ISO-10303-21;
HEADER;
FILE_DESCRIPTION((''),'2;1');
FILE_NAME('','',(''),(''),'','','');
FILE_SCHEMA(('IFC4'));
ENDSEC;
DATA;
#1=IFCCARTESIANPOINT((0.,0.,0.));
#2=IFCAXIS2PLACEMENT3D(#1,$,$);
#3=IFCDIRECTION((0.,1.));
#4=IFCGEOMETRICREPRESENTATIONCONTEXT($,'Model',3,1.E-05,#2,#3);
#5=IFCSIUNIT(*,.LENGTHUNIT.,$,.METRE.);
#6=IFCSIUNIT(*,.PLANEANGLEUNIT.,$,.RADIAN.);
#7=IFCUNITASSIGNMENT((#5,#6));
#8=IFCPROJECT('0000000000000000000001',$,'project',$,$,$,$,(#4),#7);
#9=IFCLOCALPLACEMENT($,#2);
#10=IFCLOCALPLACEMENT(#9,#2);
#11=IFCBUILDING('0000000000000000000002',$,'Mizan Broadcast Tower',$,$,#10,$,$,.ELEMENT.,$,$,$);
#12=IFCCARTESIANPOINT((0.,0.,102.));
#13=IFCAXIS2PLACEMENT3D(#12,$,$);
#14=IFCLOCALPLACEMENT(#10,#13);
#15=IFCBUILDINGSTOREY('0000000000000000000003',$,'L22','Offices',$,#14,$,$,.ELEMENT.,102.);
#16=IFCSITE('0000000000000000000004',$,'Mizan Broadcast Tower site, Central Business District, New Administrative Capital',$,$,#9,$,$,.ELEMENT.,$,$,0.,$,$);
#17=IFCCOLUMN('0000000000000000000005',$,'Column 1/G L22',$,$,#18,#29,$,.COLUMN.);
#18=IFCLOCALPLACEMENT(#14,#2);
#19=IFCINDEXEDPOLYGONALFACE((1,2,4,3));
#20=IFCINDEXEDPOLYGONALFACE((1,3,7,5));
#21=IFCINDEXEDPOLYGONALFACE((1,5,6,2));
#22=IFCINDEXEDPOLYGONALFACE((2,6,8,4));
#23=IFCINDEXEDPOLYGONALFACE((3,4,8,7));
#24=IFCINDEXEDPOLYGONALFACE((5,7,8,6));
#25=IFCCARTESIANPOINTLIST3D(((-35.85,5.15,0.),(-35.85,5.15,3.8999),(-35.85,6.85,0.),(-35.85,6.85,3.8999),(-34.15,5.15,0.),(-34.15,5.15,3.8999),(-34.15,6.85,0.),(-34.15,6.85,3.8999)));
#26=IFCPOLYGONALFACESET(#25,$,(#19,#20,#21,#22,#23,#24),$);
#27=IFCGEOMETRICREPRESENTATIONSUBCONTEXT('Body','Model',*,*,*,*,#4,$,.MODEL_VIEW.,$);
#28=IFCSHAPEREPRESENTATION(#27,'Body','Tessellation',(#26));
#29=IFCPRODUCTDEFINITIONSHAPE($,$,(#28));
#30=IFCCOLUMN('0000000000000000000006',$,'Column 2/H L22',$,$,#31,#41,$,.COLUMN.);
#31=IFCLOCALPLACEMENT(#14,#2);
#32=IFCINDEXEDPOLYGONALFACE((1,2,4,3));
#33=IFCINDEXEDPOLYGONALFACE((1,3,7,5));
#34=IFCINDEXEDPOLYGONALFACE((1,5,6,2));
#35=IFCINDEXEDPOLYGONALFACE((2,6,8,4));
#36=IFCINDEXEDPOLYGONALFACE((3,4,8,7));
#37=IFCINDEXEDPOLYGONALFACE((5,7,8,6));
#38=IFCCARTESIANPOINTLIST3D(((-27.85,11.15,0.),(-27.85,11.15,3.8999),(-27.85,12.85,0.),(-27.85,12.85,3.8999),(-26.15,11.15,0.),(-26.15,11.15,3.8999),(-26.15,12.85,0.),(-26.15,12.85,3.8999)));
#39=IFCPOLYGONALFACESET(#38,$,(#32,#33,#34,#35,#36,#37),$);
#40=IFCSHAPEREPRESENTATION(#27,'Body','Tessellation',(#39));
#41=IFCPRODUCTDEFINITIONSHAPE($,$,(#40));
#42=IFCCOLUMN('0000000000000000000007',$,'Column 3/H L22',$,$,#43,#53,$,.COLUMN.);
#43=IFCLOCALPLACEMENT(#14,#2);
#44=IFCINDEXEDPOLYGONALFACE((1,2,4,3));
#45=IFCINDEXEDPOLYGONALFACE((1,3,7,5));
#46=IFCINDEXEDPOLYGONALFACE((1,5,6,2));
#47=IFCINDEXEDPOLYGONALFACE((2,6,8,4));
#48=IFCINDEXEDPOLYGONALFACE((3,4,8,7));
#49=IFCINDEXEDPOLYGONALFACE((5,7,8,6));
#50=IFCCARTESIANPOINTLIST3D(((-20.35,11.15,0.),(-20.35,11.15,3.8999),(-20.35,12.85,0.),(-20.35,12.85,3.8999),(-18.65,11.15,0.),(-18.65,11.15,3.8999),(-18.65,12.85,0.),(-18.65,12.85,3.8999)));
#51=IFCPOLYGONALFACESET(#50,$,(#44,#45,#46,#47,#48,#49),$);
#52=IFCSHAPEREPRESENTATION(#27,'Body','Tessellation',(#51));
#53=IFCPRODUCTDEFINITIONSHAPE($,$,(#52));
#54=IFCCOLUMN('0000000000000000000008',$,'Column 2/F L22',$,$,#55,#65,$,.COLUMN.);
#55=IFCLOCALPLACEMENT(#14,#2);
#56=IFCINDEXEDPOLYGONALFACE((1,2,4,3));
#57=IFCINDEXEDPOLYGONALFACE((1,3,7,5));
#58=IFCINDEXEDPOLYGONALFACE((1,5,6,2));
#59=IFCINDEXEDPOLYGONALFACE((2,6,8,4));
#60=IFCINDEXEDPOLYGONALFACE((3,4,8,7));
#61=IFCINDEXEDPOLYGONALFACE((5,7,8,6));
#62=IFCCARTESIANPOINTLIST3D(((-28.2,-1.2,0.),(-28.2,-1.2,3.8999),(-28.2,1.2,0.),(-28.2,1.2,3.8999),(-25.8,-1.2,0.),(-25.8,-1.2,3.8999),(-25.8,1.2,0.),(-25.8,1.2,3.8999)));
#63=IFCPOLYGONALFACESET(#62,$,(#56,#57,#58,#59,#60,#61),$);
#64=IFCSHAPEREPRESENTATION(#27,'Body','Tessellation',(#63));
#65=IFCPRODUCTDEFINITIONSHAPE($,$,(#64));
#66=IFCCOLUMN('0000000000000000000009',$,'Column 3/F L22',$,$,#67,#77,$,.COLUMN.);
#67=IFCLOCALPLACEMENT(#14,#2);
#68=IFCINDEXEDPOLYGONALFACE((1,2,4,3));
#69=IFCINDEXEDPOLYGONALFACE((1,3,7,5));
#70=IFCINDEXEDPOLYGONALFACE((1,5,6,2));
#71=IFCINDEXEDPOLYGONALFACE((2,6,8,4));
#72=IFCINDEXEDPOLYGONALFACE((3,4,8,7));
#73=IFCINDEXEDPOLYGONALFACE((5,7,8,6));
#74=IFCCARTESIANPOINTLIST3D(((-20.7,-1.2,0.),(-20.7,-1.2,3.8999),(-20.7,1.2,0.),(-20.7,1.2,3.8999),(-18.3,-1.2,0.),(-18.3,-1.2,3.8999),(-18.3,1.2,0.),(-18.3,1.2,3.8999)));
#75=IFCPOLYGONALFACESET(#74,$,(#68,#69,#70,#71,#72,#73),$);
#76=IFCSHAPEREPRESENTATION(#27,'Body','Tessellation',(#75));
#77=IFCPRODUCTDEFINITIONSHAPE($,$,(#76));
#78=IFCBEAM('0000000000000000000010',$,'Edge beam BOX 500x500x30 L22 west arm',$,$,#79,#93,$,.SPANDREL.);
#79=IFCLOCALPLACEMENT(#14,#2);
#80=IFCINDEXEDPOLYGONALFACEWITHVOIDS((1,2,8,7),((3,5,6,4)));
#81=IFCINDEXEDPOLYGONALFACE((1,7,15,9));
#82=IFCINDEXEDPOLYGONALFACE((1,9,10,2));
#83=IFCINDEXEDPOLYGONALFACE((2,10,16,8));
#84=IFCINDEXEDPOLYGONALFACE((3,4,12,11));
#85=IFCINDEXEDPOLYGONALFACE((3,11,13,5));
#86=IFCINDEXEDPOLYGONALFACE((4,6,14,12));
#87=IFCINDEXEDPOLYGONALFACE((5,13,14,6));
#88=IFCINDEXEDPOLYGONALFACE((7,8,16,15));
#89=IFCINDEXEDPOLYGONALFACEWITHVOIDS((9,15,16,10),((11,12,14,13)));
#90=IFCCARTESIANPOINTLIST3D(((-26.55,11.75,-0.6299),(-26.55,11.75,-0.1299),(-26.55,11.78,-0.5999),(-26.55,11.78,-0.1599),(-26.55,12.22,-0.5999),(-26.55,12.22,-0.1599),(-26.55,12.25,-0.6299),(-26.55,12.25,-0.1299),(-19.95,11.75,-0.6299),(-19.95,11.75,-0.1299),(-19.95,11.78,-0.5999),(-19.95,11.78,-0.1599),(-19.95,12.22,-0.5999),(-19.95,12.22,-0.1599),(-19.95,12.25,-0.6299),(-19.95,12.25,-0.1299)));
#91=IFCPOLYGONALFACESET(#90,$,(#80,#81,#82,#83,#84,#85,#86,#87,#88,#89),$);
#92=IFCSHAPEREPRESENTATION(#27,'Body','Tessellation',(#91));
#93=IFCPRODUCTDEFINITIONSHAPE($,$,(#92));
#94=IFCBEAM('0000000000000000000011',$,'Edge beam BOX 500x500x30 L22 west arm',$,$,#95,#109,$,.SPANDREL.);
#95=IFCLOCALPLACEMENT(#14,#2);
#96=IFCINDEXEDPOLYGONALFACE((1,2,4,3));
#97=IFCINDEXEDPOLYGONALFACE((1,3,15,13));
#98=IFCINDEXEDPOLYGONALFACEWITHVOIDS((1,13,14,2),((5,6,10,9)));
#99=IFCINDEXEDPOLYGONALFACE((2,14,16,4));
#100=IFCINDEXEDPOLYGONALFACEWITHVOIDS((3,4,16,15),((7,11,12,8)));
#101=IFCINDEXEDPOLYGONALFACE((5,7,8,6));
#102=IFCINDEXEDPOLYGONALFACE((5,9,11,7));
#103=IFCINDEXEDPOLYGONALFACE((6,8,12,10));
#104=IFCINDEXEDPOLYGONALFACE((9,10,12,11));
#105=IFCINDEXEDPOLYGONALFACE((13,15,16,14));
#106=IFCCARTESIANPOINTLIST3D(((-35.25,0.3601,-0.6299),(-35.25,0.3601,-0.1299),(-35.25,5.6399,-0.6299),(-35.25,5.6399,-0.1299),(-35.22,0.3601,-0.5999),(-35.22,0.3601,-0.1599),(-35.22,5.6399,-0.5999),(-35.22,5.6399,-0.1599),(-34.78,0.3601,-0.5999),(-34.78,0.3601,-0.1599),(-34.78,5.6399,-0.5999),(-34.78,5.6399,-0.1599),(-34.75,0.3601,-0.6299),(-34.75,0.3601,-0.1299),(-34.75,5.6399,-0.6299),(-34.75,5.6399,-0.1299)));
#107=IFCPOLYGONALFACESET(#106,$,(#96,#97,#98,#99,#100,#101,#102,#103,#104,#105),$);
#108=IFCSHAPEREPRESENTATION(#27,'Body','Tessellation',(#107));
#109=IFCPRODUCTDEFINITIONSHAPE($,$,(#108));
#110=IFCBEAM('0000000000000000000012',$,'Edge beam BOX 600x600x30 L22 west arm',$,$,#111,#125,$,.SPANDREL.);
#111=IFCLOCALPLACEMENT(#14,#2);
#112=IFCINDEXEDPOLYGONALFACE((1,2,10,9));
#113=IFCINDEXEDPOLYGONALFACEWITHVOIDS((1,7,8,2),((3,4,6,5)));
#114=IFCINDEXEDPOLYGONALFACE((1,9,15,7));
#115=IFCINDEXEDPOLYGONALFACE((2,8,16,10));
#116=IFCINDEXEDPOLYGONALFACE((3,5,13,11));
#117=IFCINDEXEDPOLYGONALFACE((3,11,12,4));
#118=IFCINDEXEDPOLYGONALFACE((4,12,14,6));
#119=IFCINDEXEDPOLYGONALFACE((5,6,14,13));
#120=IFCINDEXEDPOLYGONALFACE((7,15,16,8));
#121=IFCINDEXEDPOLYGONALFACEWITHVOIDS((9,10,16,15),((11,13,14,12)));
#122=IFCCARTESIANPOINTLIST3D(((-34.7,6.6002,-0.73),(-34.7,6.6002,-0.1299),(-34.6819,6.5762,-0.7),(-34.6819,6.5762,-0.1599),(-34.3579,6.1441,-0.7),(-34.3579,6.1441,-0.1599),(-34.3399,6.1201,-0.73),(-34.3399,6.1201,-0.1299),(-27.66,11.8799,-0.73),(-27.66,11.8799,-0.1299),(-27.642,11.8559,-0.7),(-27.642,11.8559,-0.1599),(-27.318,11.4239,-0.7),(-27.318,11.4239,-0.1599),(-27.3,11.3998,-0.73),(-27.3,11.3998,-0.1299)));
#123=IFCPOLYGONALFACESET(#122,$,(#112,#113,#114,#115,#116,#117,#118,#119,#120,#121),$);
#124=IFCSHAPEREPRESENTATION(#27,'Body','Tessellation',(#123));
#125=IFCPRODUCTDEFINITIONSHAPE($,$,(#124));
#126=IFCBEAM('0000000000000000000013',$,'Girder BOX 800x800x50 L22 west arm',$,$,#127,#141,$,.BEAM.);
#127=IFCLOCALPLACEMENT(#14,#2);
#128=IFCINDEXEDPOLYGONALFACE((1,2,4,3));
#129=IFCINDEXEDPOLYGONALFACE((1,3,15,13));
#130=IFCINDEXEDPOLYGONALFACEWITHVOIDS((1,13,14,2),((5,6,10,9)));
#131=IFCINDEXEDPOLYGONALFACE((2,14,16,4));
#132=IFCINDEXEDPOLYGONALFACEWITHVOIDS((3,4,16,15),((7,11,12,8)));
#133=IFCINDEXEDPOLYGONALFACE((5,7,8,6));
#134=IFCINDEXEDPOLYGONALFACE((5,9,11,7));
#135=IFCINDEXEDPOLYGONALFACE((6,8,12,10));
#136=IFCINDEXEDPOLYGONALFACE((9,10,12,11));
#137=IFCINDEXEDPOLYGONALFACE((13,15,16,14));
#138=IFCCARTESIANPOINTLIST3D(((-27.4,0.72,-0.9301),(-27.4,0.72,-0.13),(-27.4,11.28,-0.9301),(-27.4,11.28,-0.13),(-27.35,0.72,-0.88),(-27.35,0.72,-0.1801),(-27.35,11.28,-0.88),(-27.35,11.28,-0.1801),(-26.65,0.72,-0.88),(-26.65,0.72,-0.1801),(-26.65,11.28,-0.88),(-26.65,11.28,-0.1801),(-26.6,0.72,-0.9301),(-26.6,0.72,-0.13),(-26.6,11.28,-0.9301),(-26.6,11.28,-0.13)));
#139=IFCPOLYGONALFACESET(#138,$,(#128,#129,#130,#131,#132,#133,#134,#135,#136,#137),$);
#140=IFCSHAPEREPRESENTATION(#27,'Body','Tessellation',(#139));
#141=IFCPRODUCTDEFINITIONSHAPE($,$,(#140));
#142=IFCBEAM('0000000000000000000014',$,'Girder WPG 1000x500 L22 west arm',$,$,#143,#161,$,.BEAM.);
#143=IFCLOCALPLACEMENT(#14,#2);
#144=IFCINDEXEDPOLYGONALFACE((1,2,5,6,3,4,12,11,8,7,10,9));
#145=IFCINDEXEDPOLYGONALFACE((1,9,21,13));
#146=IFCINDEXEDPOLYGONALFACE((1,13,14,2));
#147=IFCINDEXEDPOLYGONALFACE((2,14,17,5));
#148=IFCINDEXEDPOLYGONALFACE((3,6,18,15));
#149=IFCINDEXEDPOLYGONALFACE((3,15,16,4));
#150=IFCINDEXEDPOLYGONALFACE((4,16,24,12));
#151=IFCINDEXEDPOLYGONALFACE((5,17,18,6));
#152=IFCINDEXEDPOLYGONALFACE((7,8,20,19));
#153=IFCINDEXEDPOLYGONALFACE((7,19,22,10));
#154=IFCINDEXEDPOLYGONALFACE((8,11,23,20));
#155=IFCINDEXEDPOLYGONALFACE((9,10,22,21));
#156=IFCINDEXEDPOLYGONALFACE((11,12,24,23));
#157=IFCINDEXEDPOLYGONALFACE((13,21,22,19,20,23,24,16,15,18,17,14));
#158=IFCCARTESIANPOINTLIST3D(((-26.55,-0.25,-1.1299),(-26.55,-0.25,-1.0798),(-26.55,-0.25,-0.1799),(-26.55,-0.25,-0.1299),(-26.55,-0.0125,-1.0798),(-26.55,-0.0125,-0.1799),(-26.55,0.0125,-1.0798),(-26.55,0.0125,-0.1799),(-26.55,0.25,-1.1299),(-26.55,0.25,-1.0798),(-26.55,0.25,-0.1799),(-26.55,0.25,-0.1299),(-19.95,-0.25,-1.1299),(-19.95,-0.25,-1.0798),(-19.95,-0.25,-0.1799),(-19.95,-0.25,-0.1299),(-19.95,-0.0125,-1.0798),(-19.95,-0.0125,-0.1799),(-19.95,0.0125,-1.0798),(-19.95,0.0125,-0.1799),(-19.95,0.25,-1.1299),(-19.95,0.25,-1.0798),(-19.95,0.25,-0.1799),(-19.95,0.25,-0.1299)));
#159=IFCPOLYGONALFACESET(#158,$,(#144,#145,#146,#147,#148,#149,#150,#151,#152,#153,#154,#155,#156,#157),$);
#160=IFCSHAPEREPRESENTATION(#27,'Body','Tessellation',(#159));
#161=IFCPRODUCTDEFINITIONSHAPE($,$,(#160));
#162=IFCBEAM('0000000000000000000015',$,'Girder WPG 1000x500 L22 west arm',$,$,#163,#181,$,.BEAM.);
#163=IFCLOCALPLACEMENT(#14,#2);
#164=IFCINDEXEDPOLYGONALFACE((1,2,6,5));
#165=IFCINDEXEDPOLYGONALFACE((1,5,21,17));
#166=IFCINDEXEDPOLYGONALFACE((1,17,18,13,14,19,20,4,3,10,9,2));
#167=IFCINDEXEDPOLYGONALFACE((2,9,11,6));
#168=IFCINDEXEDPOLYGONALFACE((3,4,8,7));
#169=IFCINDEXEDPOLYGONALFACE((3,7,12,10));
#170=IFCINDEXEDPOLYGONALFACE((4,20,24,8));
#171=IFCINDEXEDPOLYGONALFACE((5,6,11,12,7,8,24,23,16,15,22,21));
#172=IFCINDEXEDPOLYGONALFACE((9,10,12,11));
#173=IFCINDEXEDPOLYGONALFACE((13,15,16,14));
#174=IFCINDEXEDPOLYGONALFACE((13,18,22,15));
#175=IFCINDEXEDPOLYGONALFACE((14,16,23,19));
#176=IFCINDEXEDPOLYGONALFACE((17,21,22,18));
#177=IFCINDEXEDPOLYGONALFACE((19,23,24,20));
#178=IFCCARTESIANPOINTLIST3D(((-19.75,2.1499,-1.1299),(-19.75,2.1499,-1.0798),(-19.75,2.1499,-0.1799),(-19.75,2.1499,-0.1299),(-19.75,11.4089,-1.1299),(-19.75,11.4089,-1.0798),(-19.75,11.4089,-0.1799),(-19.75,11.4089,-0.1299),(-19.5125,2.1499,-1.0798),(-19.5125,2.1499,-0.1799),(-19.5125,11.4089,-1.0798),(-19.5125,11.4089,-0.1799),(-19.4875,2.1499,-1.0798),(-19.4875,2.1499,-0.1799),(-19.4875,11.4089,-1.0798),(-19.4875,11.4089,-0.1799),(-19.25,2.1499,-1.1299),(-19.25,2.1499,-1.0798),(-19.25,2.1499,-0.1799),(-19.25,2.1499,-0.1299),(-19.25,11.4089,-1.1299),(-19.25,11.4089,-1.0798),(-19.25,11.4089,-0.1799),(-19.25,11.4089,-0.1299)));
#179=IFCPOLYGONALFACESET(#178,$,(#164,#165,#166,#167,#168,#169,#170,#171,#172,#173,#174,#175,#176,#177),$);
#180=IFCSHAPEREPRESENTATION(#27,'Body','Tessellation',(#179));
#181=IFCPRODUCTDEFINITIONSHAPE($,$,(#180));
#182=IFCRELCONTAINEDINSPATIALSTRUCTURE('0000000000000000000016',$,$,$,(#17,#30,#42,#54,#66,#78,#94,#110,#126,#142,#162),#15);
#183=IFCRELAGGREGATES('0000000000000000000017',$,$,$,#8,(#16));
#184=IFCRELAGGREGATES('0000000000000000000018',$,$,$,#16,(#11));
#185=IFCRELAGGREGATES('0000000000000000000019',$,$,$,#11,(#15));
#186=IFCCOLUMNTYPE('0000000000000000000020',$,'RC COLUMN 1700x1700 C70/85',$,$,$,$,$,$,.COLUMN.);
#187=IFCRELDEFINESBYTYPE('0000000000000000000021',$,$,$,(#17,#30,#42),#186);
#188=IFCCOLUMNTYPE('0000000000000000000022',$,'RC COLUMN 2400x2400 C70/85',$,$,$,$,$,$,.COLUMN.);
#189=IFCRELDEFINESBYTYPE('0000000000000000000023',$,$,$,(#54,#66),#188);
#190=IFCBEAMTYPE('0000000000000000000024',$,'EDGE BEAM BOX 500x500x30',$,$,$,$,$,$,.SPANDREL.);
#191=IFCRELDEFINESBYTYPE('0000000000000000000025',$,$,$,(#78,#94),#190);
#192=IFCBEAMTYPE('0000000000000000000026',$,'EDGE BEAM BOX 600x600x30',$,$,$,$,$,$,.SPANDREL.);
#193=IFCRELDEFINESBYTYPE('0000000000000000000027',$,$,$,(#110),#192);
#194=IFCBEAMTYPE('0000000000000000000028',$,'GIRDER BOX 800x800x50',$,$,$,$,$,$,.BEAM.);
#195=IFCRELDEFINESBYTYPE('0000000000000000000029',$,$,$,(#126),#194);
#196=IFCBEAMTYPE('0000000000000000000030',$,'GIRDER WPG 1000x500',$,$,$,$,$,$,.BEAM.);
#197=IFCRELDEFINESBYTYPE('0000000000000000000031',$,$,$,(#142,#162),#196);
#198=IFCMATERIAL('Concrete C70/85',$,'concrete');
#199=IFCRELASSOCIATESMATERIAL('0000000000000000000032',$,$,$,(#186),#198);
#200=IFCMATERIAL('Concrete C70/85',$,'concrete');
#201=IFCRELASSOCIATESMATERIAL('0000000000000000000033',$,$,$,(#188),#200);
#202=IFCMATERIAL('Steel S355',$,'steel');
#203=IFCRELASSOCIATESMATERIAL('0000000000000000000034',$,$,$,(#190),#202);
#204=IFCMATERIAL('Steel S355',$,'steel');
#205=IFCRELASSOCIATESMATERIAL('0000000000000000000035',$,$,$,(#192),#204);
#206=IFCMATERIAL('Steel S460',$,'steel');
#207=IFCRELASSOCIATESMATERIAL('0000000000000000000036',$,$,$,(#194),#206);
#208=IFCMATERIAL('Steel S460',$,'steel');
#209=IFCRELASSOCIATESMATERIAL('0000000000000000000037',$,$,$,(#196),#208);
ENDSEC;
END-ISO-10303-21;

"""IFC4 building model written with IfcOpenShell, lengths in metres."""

from ifc_helpers import new_model, si_unit, direction, frame, origin, origin_2d, place, context, subcontext, project, spatial, rectangle, hollow_rectangle, i_section, extrude, material, material_profile, profile_set, type_object, element, save


model = new_model("IFC4")

# Units and contexts
model_context = context("Model", 3, precision=1e-05, world=origin(), true_north=direction((0.0, 1.0)))
body_context = subcontext(model_context, "Body", "Model", "MODEL_VIEW")
ifc_project = project(units=[si_unit("LENGTHUNIT", "METRE"), si_unit("PLANEANGLEUNIT", "RADIAN")], contexts=[model_context])

# Site, building, storey
site_placement = place(None, origin())
site = spatial("IfcSite", under=ifc_project, at=site_placement, Name="Mizan Broadcast Tower site, Central Business District, New Administrative Capital", CompositionType="ELEMENT", RefElevation=0.0)
building_placement = place(site_placement, origin())
building = spatial("IfcBuilding", under=site, at=building_placement, Name="Mizan Broadcast Tower", CompositionType="ELEMENT")
storey_placement = place(building_placement, frame((0.0, 0.0, 102.0)))
storey = spatial("IfcBuildingStorey", under=building, at=storey_placement, Name="L22", Description="Offices", CompositionType="ELEMENT", Elevation=102.0)

# Columns
ifc_material_1 = material(Name="Concrete C70/85", Category="concrete")
ifc_material_profile_1 = material_profile(ifc_material_1, rectangle(XDim=1.7, YDim=1.7, at=origin_2d()), Name="RC 1700x1700")
ifc_profile_set_1 = profile_set([ifc_material_profile_1], Name="Concrete C70/85")
column_type_1 = type_object("IfcColumnType", Name="RC COLUMN 1700x1700 C70/85", PredefinedType="COLUMN", material=ifc_profile_set_1)
for number, where, z_axis, x_axis, name in (
    (1, (-35.0, 6.0, 0.0), (0.0, 0.0, 1.0), (1.0, 0.0, 0.0), "Column 1/G L22"),
    (2, (-27.0, 12.0, 0.0), (0.0, 0.0, 1.0), (1.0, 0.0, 0.0), "Column 2/H L22"),
    (3, (-19.5, 12.0, 0.0), (0.0, 0.0, 1.0), (1.0, 0.0, 0.0), "Column 3/H L22"),
):
    element("IfcColumn", number, at=place(storey_placement, frame(where, z_axis=z_axis, x_axis=x_axis)), inside=storey, type_object=column_type_1, Name=name, PredefinedType="COLUMN", context=body_context, shape_type="SweptSolid", body=[
        extrude(rectangle(XDim=1.7, YDim=1.7, at=origin_2d()), origin(), (0.0, 0.0, 1.0), 3.8999),
    ])
ifc_material_2 = material(Name="Concrete C70/85", Category="concrete")
ifc_material_profile_2 = material_profile(ifc_material_2, rectangle(XDim=2.3999, YDim=2.3999, at=origin_2d()), Name="RC 2400x2400")
ifc_profile_set_2 = profile_set([ifc_material_profile_2], Name="Concrete C70/85")
column_type_2 = type_object("IfcColumnType", Name="RC COLUMN 2400x2400 C70/85", PredefinedType="COLUMN", material=ifc_profile_set_2)
for number, where, z_axis, x_axis, name in (
    (4, (-27.0, 0.0, 0.0), (0.0, 0.0, 1.0), (1.0, 0.0, 0.0), "Column 2/F L22"),
    (5, (-19.5, 0.0, 0.0), (0.0, 0.0, 1.0), (1.0, 0.0, 0.0), "Column 3/F L22"),
):
    element("IfcColumn", number, at=place(storey_placement, frame(where, z_axis=z_axis, x_axis=x_axis)), inside=storey, type_object=column_type_2, Name=name, PredefinedType="COLUMN", context=body_context, shape_type="SweptSolid", body=[
        extrude(rectangle(XDim=2.3999, YDim=2.3999, at=origin_2d()), origin(), (0.0, 0.0, 1.0), 3.8999),
    ])

# Beams
ifc_material_3 = material(Name="Steel S355", Category="steel")
ifc_material_profile_3 = material_profile(ifc_material_3, hollow_rectangle(XDim=0.5, YDim=0.5, WallThickness=0.03, at=origin_2d()), Name="BOX 500x500x30")
ifc_profile_set_3 = profile_set([ifc_material_profile_3], Name="Steel S355")
beam_type_1 = type_object("IfcBeamType", Name="EDGE BEAM BOX 500x500x30", PredefinedType="SPANDREL", material=ifc_profile_set_3)
beam_1_placement = place(storey_placement, frame((-19.95, 12.0, -0.3799), z_axis=(-1.0, 0.0, 0.0), x_axis=(0.0, -1.0, 0.0)))
element("IfcBeam", 6, at=beam_1_placement, inside=storey, type_object=beam_type_1, Name="Edge beam BOX 500x500x30 L22 west arm", PredefinedType="SPANDREL", context=body_context, shape_type="SweptSolid", body=[
    extrude(hollow_rectangle(XDim=0.5, YDim=0.5, WallThickness=0.03, at=origin_2d()), origin(), (0.0, 0.0, 1.0), 6.6001),
])
beam_2_placement = place(storey_placement, frame((-35.0, 5.6399, -0.3799), z_axis=(0.0, -1.0, 0.0), x_axis=(1.0, 0.0, 0.0)))
element("IfcBeam", 7, at=beam_2_placement, inside=storey, type_object=beam_type_1, Name="Edge beam BOX 500x500x30 L22 west arm", PredefinedType="SPANDREL", context=body_context, shape_type="SweptSolid", body=[
    extrude(hollow_rectangle(XDim=0.5, YDim=0.5, WallThickness=0.03, at=origin_2d()), origin(), (0.0, 0.0, 1.0), 5.2798),
])
ifc_material_4 = material(Name="Steel S355", Category="steel")
ifc_material_profile_4 = material_profile(ifc_material_4, hollow_rectangle(XDim=0.6001, YDim=0.6001, WallThickness=0.03, at=origin_2d()), Name="BOX 600x600x30")
ifc_profile_set_4 = profile_set([ifc_material_profile_4], Name="Steel S355")
beam_type_2 = type_object("IfcBeamType", Name="EDGE BEAM BOX 600x600x30", PredefinedType="SPANDREL", material=ifc_profile_set_4)
beam_3_placement = place(storey_placement, frame((-27.48, 11.6399, -0.4299), z_axis=(-0.800013, -0.599982, 0.0), x_axis=(0.599982, -0.800013, 0.0)))
element("IfcBeam", 8, at=beam_3_placement, inside=storey, type_object=beam_type_2, Name="Edge beam BOX 600x600x30 L22 west arm", PredefinedType="SPANDREL", context=body_context, shape_type="SweptSolid", body=[
    extrude(hollow_rectangle(XDim=0.6001, YDim=0.6001, WallThickness=0.03, at=origin_2d()), origin(), (0.0, 0.0, 1.0), 8.7998),
])
ifc_material_5 = material(Name="Steel S460", Category="steel")
ifc_material_profile_5 = material_profile(ifc_material_5, hollow_rectangle(XDim=0.8, YDim=0.8, WallThickness=0.05, at=origin_2d()), Name="BOX 800x800x50")
ifc_profile_set_5 = profile_set([ifc_material_profile_5], Name="Steel S460")
beam_type_3 = type_object("IfcBeamType", Name="GIRDER BOX 800x800x50", PredefinedType="BEAM", material=ifc_profile_set_5)
beam_4_placement = place(storey_placement, frame((-27.0, 11.28, -0.53), z_axis=(0.0, -1.0, 0.0), x_axis=(1.0, 0.0, 0.0)))
element("IfcBeam", 9, at=beam_4_placement, inside=storey, type_object=beam_type_3, Name="Girder BOX 800x800x50 L22 west arm", PredefinedType="BEAM", context=body_context, shape_type="SweptSolid", body=[
    extrude(hollow_rectangle(XDim=0.8, YDim=0.8, WallThickness=0.05, at=origin_2d()), origin(), (0.0, 0.0, 1.0), 10.5601),
])
ifc_material_6 = material(Name="Steel S460", Category="steel")
ifc_material_profile_6 = material_profile(ifc_material_6, i_section(OverallWidth=0.5, OverallDepth=1.0, WebThickness=0.0249, FlangeThickness=0.05, at=origin_2d()), Name="WPG 1000x500")
ifc_profile_set_6 = profile_set([ifc_material_profile_6], Name="Steel S460")
beam_type_4 = type_object("IfcBeamType", Name="GIRDER WPG 1000x500", PredefinedType="BEAM", material=ifc_profile_set_6)
beam_5_placement = place(storey_placement, frame((-19.95, 0.0, -0.6299), z_axis=(-1.0, 0.0, 0.0), x_axis=(0.0, -1.0, 0.0)))
element("IfcBeam", 10, at=beam_5_placement, inside=storey, type_object=beam_type_4, Name="Girder WPG 1000x500 L22 west arm", PredefinedType="BEAM", context=body_context, shape_type="SweptSolid", body=[
    extrude(i_section(OverallWidth=0.5, OverallDepth=1.0, WebThickness=0.0249, FlangeThickness=0.05, at=origin_2d()), origin(), (0.0, 0.0, 1.0), 6.6001),
])
beam_6_placement = place(storey_placement, frame((-19.5, 11.4089, -0.6299), z_axis=(0.0, -1.0, 0.0), x_axis=(1.0, 0.0, 0.0)))
element("IfcBeam", 11, at=beam_6_placement, inside=storey, type_object=beam_type_4, Name="Girder WPG 1000x500 L22 west arm", PredefinedType="BEAM", context=body_context, shape_type="SweptSolid", body=[
    extrude(i_section(OverallWidth=0.5, OverallDepth=1.0, WebThickness=0.0249, FlangeThickness=0.05, at=origin_2d()), origin(), (0.0, 0.0, 1.0), 9.259),
])

save(model, "model.ifc")
